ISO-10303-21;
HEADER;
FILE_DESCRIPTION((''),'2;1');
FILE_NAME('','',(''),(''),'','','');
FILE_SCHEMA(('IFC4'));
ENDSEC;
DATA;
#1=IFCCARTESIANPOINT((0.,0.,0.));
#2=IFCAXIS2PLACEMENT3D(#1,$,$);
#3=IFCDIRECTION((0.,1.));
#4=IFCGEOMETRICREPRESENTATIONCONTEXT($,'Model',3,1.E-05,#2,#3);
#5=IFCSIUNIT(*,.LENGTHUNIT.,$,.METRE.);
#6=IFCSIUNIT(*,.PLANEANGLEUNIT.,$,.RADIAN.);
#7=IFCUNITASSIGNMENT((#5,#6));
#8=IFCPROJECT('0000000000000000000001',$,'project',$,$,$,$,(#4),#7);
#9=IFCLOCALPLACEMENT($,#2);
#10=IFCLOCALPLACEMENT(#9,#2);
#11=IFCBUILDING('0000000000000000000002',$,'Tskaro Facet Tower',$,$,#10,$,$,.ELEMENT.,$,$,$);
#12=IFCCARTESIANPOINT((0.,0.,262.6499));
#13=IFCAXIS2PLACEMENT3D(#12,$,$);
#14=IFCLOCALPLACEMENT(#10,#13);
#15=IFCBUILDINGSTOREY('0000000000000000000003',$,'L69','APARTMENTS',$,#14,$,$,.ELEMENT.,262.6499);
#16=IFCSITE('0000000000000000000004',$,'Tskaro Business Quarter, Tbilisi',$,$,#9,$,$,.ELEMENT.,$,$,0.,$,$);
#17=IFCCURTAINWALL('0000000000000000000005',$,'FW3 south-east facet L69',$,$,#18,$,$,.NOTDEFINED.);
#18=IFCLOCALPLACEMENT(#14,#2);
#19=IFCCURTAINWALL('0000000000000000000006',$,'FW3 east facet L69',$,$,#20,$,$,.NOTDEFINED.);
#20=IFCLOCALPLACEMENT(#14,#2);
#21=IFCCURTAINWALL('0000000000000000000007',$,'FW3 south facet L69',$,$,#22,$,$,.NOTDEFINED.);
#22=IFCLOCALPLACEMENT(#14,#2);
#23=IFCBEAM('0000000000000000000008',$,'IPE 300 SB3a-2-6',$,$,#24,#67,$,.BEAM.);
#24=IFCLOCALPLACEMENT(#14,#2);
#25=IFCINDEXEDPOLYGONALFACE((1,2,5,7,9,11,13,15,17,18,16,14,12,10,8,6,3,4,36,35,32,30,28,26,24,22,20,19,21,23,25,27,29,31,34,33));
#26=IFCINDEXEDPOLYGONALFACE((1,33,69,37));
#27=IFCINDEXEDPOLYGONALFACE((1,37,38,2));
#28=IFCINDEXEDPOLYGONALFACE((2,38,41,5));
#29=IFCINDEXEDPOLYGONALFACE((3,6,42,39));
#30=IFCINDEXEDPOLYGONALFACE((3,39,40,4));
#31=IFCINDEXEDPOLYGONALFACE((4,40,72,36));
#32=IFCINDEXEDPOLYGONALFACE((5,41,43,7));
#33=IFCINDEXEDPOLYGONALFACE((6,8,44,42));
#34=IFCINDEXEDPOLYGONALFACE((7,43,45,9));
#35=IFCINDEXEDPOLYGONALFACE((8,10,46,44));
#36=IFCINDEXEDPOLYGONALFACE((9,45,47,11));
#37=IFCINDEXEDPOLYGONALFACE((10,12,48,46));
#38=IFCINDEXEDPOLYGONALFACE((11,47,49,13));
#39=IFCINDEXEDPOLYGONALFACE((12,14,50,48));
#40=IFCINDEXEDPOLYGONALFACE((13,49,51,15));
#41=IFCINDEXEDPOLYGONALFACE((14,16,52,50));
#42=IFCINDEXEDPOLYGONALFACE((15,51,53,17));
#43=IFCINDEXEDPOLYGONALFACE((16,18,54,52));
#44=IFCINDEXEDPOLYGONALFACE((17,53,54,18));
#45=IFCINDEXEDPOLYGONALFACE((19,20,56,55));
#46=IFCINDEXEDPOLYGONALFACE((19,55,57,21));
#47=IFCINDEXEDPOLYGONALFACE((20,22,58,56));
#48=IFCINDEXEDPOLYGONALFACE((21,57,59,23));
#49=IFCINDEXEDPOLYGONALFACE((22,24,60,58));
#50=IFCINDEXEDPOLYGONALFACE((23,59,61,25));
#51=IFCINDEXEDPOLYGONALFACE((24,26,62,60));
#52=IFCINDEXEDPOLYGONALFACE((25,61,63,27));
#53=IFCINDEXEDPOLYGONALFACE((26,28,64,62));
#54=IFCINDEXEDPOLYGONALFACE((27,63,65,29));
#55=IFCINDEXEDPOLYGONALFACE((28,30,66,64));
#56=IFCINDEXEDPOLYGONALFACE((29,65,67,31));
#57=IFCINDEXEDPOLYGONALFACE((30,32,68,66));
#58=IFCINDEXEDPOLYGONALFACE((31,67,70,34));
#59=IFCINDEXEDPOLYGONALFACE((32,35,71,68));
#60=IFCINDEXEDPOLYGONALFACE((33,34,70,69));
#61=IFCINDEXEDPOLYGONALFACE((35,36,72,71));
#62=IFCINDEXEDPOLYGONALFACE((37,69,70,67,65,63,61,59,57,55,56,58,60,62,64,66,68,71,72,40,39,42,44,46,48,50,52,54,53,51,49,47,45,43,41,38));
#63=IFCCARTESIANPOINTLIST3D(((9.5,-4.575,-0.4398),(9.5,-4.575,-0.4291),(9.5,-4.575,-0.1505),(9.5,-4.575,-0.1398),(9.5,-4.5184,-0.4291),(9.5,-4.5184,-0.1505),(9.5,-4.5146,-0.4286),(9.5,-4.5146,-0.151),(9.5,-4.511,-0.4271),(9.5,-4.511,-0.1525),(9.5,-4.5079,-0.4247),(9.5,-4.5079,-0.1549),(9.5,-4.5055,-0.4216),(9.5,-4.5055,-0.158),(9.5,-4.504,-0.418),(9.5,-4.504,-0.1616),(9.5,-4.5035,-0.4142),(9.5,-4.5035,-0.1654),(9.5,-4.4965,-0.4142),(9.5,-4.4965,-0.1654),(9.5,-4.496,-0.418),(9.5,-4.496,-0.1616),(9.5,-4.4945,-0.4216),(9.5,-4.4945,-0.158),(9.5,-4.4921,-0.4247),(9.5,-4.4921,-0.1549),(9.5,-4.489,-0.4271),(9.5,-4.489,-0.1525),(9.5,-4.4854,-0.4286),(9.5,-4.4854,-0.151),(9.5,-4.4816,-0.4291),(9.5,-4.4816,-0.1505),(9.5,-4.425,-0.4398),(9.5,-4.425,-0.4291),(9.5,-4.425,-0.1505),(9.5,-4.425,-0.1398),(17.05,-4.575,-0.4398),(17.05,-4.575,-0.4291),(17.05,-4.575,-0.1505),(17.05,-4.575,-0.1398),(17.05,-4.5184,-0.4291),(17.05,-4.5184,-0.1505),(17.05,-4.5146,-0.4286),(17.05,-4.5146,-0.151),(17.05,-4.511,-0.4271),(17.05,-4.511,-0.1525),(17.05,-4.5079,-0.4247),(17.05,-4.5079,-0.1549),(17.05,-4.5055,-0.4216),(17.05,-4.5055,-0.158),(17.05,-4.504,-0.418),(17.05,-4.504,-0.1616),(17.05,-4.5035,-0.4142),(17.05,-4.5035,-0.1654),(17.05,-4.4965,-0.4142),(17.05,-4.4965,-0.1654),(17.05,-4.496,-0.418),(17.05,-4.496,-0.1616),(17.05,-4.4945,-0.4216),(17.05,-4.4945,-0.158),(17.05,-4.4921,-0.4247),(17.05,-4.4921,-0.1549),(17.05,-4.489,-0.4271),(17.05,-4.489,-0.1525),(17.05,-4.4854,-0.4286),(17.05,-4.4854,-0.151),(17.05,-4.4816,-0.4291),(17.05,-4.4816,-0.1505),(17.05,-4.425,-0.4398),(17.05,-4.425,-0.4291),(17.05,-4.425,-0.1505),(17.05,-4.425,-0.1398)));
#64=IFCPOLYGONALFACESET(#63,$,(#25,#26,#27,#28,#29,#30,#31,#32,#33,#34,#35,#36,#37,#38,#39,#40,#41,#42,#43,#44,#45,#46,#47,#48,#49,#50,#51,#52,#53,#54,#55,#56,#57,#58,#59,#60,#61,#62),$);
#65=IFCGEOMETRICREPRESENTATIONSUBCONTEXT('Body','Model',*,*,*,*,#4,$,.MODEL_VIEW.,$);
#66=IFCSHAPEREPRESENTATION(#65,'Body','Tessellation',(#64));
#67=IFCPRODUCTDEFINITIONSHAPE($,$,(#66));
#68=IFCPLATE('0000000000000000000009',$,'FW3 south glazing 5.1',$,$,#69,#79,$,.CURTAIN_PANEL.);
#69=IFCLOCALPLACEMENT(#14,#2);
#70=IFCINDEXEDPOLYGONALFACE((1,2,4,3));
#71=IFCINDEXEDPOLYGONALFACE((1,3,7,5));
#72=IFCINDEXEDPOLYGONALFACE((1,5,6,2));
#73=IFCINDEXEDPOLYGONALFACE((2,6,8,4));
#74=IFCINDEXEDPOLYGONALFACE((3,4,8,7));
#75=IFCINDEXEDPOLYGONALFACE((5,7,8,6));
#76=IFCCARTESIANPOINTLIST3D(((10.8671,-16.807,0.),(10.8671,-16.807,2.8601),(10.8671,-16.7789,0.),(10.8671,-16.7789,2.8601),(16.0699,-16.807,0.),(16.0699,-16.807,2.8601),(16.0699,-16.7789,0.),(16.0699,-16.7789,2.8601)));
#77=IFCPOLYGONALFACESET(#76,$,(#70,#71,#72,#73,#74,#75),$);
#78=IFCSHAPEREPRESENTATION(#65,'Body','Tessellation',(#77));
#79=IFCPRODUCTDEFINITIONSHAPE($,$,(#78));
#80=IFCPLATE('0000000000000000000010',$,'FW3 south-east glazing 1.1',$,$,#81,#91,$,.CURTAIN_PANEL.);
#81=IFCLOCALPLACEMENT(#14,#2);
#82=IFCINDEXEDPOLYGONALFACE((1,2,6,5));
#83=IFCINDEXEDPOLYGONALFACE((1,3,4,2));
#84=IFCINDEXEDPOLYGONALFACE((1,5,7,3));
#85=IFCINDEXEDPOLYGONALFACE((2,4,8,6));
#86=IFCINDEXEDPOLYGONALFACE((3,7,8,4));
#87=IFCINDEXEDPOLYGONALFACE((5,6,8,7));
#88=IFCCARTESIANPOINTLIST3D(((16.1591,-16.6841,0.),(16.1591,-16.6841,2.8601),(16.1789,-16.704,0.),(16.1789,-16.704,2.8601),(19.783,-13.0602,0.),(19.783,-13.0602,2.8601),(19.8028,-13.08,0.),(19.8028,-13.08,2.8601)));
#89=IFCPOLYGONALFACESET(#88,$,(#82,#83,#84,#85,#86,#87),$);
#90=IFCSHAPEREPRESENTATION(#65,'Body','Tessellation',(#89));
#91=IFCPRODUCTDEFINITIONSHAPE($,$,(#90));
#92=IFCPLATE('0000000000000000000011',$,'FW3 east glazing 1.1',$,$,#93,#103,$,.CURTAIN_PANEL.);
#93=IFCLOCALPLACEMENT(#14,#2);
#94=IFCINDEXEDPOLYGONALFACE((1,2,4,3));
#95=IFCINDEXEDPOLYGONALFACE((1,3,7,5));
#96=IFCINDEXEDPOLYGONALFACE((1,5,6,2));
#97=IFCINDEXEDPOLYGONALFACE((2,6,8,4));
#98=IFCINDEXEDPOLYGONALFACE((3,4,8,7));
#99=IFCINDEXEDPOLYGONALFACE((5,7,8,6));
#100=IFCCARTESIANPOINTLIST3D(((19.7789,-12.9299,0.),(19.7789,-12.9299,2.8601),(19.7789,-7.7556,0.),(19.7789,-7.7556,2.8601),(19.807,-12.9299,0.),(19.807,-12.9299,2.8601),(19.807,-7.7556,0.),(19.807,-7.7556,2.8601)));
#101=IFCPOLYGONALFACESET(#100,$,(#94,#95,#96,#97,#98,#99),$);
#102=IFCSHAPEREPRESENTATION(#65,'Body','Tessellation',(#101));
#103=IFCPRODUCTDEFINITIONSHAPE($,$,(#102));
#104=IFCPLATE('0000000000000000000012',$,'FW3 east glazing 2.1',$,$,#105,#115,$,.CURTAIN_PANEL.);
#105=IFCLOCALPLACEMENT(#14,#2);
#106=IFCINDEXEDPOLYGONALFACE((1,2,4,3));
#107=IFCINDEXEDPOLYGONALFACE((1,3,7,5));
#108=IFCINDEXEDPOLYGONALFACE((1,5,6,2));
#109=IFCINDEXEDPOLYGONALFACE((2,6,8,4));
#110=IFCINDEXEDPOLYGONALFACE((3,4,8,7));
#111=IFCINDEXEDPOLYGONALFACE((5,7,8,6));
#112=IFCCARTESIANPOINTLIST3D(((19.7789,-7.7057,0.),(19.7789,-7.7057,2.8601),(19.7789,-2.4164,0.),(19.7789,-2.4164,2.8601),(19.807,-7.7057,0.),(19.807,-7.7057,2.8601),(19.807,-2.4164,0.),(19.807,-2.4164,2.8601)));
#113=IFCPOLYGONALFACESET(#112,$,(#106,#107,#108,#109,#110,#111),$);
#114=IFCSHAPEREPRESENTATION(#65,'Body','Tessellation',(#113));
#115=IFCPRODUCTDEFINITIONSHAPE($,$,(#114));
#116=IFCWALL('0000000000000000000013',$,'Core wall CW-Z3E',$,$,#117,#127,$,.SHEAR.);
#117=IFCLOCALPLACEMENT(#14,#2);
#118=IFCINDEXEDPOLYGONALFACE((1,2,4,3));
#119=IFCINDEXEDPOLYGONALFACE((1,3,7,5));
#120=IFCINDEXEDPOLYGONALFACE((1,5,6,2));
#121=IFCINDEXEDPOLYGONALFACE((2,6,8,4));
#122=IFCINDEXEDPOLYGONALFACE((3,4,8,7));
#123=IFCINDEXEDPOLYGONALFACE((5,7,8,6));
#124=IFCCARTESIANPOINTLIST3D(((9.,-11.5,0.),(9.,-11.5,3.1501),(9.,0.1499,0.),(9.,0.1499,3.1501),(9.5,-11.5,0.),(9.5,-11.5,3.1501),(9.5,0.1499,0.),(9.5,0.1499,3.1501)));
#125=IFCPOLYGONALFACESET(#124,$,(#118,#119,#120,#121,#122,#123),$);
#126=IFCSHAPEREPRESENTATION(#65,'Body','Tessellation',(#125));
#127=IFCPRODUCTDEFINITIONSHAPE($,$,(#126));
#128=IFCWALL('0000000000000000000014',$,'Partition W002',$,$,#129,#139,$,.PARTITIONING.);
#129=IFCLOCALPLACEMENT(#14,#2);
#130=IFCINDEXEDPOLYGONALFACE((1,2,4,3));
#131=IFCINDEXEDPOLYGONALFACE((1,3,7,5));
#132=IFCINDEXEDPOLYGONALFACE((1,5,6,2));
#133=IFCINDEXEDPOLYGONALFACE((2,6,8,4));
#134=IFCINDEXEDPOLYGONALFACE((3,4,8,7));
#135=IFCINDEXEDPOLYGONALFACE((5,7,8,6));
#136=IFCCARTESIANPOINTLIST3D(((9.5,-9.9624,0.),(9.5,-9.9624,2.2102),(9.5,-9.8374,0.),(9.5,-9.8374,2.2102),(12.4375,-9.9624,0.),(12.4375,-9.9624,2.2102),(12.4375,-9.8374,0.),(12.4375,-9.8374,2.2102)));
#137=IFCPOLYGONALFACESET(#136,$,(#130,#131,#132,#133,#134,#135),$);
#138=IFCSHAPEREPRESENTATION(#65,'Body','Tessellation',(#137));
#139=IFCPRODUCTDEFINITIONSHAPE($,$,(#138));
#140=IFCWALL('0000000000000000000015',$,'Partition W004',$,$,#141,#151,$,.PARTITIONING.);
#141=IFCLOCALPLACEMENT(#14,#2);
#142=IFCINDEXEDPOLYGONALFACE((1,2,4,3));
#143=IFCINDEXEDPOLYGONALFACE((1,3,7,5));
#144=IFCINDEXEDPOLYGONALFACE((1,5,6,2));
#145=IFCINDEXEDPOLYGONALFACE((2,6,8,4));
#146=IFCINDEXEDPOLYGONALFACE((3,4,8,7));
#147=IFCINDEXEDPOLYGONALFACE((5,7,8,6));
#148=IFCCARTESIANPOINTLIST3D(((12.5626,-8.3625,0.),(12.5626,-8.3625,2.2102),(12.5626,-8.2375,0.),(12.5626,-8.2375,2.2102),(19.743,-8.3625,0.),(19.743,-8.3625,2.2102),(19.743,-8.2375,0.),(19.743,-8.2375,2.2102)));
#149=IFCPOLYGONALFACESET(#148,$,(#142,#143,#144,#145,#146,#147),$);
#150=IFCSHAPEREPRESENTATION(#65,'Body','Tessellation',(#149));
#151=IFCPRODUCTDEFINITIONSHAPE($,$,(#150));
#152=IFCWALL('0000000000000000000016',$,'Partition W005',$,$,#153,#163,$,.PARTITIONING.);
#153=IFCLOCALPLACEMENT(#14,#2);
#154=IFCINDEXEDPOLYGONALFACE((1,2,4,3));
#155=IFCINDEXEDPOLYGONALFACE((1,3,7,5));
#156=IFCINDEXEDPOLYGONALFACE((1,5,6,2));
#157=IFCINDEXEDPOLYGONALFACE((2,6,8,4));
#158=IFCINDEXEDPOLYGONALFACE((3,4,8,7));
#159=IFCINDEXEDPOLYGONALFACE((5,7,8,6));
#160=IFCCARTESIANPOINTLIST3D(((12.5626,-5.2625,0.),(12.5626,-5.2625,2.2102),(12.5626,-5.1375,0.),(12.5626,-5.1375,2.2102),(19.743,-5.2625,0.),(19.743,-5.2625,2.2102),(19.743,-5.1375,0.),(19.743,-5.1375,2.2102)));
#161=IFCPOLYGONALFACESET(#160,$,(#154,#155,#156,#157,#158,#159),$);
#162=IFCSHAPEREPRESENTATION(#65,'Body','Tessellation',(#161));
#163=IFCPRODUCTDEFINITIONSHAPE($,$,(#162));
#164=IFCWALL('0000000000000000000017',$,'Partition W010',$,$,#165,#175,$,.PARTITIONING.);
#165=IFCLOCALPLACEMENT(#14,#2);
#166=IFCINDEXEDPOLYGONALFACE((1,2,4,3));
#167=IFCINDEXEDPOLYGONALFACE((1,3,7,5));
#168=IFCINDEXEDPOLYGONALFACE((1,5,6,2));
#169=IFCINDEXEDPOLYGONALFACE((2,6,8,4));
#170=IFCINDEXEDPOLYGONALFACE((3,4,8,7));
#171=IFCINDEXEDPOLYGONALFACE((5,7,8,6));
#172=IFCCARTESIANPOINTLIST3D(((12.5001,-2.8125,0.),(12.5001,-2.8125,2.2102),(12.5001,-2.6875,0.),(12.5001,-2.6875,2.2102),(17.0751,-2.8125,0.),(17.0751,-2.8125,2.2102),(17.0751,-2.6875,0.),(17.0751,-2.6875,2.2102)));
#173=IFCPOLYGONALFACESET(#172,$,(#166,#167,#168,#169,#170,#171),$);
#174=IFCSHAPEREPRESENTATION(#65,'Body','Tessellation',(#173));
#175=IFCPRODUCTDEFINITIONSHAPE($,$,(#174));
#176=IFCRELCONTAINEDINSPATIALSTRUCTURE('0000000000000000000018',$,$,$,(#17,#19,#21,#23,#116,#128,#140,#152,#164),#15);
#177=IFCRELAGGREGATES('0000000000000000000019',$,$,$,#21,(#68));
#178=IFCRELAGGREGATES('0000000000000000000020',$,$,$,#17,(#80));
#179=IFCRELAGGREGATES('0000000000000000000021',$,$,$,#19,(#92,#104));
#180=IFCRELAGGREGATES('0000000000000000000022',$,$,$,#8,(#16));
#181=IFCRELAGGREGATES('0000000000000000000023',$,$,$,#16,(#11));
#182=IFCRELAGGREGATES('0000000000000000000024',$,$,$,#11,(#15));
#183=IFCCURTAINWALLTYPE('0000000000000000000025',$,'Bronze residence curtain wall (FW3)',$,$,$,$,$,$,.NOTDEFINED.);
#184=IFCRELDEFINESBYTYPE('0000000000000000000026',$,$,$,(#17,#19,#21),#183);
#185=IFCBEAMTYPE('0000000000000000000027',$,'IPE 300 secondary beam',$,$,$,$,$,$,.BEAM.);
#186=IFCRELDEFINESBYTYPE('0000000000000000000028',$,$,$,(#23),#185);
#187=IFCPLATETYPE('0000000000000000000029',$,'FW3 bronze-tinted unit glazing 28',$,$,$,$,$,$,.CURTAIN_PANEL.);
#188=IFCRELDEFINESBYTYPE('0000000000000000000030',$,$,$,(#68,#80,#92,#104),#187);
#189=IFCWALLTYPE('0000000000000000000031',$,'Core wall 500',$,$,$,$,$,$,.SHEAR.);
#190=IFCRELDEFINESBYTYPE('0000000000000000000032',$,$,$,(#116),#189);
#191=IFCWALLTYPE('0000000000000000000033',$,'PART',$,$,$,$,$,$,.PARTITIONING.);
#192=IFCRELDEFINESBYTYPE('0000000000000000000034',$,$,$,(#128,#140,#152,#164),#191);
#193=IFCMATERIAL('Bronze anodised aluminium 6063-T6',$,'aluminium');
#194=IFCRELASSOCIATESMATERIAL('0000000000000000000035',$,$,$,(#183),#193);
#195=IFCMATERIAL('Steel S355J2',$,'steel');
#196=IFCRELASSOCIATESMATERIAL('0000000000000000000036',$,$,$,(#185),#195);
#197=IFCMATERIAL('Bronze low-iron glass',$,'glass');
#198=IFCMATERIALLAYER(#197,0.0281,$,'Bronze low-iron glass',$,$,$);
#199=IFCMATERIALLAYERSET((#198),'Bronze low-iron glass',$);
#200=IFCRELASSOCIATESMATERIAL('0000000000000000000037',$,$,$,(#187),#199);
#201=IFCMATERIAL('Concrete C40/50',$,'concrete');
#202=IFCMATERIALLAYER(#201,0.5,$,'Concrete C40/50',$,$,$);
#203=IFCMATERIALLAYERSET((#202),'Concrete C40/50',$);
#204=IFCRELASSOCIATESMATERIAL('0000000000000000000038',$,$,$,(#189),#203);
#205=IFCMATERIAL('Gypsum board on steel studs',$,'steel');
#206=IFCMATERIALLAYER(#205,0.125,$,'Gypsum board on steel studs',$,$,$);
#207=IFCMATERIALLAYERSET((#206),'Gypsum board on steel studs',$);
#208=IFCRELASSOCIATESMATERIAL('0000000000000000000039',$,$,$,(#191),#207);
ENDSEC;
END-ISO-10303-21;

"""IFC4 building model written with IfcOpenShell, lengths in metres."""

from ifc_helpers import new_model, si_unit, direction, frame, frame_2d, origin, origin_2d, place, context, subcontext, project, spatial, rectangle, i_section, extrude, material, layer, layer_set, material_profile, profile_set, type_object, element, aggregate, save


model = new_model("IFC4")

# Units and contexts
model_context = context("Model", 3, precision=1e-05, world=origin(), true_north=direction((0.0, 1.0)))
body_context = subcontext(model_context, "Body", "Model", "MODEL_VIEW")
ifc_project = project(units=[si_unit("LENGTHUNIT", "METRE"), si_unit("PLANEANGLEUNIT", "RADIAN")], contexts=[model_context])

# Site, building, storey
site_placement = place(None, origin())
site = spatial("IfcSite", under=ifc_project, at=site_placement, Name="Tskaro Business Quarter, Tbilisi", CompositionType="ELEMENT", RefElevation=0.0)
building_placement = place(site_placement, origin())
building = spatial("IfcBuilding", under=site, at=building_placement, Name="Tskaro Facet Tower", CompositionType="ELEMENT")
storey_placement = place(building_placement, frame((0.0, 0.0, 262.6499)))
storey = spatial("IfcBuildingStorey", under=building, at=storey_placement, Name="L69", Description="APARTMENTS", CompositionType="ELEMENT", Elevation=262.6499)

# Shared definitions
ifc_material_1 = material(Name="Steel S355J2", Category="steel")

# Curtain walls
ifc_material_2 = material(Name="Bronze anodised aluminium 6063-T6", Category="aluminium")
curtain_wall_type = type_object("IfcCurtainWallType", Name="Bronze residence curtain wall (FW3)", PredefinedType="NOTDEFINED", material=ifc_material_2)
curtain_wall_1_placement = place(storey_placement, origin())
curtain_wall_1 = element("IfcCurtainWall", 1, at=curtain_wall_1_placement, inside=storey, type_object=curtain_wall_type, Name="FW3 south-east facet L69", PredefinedType="NOTDEFINED")
curtain_wall_2_placement = place(storey_placement, origin())
curtain_wall_2 = element("IfcCurtainWall", 2, at=curtain_wall_2_placement, inside=storey, type_object=curtain_wall_type, Name="FW3 east facet L69", PredefinedType="NOTDEFINED")
curtain_wall_3_placement = place(storey_placement, origin())
curtain_wall_3 = element("IfcCurtainWall", 3, at=curtain_wall_3_placement, inside=storey, type_object=curtain_wall_type, Name="FW3 south facet L69", PredefinedType="NOTDEFINED")

# Beam
ifc_material_profile_1 = material_profile(ifc_material_1, i_section(OverallWidth=0.1499, OverallDepth=0.3, WebThickness=0.0071, FlangeThickness=0.0107, FilletRadius=0.0149, at=origin_2d()), Name="IPE 300")
ifc_profile_set_1 = profile_set([ifc_material_profile_1], Name="Steel S355J2")
beam_type_1 = type_object("IfcBeamType", Name="IPE 300 secondary beam", PredefinedType="BEAM", material=ifc_profile_set_1)
beam_1_placement = place(storey_placement, frame((9.5, -4.5, -0.2898), z_axis=(1.0, 0.0, 0.0), x_axis=(0.0, 1.0, 0.0)))
element("IfcBeam", 4, at=beam_1_placement, inside=storey, type_object=beam_type_1, Name="IPE 300 SB3a-2-6", PredefinedType="BEAM", context=body_context, shape_type="SweptSolid", body=[
    extrude(i_section(OverallWidth=0.1499, OverallDepth=0.3, WebThickness=0.0071, FlangeThickness=0.0107, FilletRadius=0.0149, at=origin_2d()), origin(), (0.0, 0.0, 1.0), 7.55),
])

# Plates
ifc_material_3 = material(Name="Bronze low-iron glass", Category="glass")
ifc_layer_1 = layer(ifc_material_3, 0.0281, Name="Bronze low-iron glass")
ifc_layer_set_1 = layer_set([ifc_layer_1], Name="Bronze low-iron glass")
plate_type = type_object("IfcPlateType", Name="FW3 bronze-tinted unit glazing 28", PredefinedType="CURTAIN_PANEL", material=ifc_layer_set_1)
plate_1_placement = place(storey_placement, frame((13.4685, -16.793, 0.0), z_axis=(0.0, 0.0, 1.0), x_axis=(1.0, 0.0, 0.0)))
plate_1 = element("IfcPlate", 5, at=plate_1_placement, type_object=plate_type, Name="FW3 south glazing 5.1", PredefinedType="CURTAIN_PANEL", context=body_context, shape_type="SweptSolid", body=[
    extrude(rectangle(XDim=5.2029, YDim=0.0281, at=origin_2d()), origin(), (0.0, 0.0, 1.0), 2.8601),
])
aggregate(curtain_wall_3, [plate_1])
plate_2_placement = place(storey_placement, frame((17.981, -14.8821, 0.0), z_axis=(0.0, 0.0, 1.0), x_axis=(0.707107, 0.707107, 0.0)))
plate_2 = element("IfcPlate", 6, at=plate_2_placement, type_object=plate_type, Name="FW3 south-east glazing 1.1", PredefinedType="CURTAIN_PANEL", context=body_context, shape_type="SweptSolid", body=[
    extrude(rectangle(XDim=5.125, YDim=0.0281, at=origin_2d()), origin(), (0.0, 0.0, 1.0), 2.8601),
])
aggregate(curtain_wall_1, [plate_2])
plate_3_placement = place(storey_placement, frame((19.793, -10.3428, 0.0), z_axis=(0.0, 0.0, 1.0), x_axis=(0.0, 1.0, 0.0)))
plate_3 = element("IfcPlate", 7, at=plate_3_placement, type_object=plate_type, Name="FW3 east glazing 1.1", PredefinedType="CURTAIN_PANEL", context=body_context, shape_type="SweptSolid", body=[
    extrude(rectangle(XDim=5.1743, YDim=0.0281, at=origin_2d()), origin(), (0.0, 0.0, 1.0), 2.8601),
])
plate_4_placement = place(storey_placement, frame((19.793, -5.061, 0.0), z_axis=(0.0, 0.0, 1.0), x_axis=(0.0, 1.0, 0.0)))
plate_4 = element("IfcPlate", 8, at=plate_4_placement, type_object=plate_type, Name="FW3 east glazing 2.1", PredefinedType="CURTAIN_PANEL", context=body_context, shape_type="SweptSolid", body=[
    extrude(rectangle(XDim=5.2893, YDim=0.0281, at=origin_2d()), origin(), (0.0, 0.0, 1.0), 2.8601),
])
aggregate(curtain_wall_2, [plate_3, plate_4])

# Walls
ifc_material_4 = material(Name="Concrete C40/50", Category="concrete")
ifc_layer_2 = layer(ifc_material_4, 0.5, Name="Concrete C40/50")
ifc_layer_set_2 = layer_set([ifc_layer_2], Name="Concrete C40/50")
wall_type_1 = type_object("IfcWallType", Name="Core wall 500", PredefinedType="SHEAR", material=ifc_layer_set_2)
wall_1_placement = place(storey_placement, frame((9.25, -11.5, 0.0), z_axis=(0.0, 0.0, 1.0), x_axis=(0.0, 1.0, 0.0)))
element("IfcWall", 9, at=wall_1_placement, inside=storey, type_object=wall_type_1, Name="Core wall CW-Z3E", PredefinedType="SHEAR", context=body_context, shape_type="SweptSolid", body=[
    extrude(rectangle(XDim=11.6499, YDim=0.5, at=frame_2d((5.825, 0.0))), origin(), (0.0, 0.0, 1.0), 3.1501),
])
ifc_material_5 = material(Name="Gypsum board on steel studs", Category="steel")
ifc_layer_3 = layer(ifc_material_5, 0.125, Name="Gypsum board on steel studs")
ifc_layer_set_3 = layer_set([ifc_layer_3], Name="Gypsum board on steel studs")
wall_type_2 = type_object("IfcWallType", Name="PART", PredefinedType="PARTITIONING", material=ifc_layer_set_3)
wall_2_placement = place(storey_placement, frame((9.5, -9.8999, 0.0), z_axis=(0.0, 0.0, 1.0), x_axis=(1.0, 0.0, 0.0)))
element("IfcWall", 10, at=wall_2_placement, inside=storey, type_object=wall_type_2, Name="Partition W002", PredefinedType="PARTITIONING", context=body_context, shape_type="SweptSolid", body=[
    extrude(rectangle(XDim=2.9375, YDim=0.125, at=frame_2d((1.4688, 0.0))), origin(), (0.0, 0.0, 1.0), 2.2102),
])
for number, where, z_axis, x_axis, name in (
    (11, (12.5625, -8.3, 0.0), (0.0, 0.0, 1.0), (1.0, 0.0, 0.0), "Partition W004"),
    (12, (12.5625, -5.2, 0.0), (0.0, 0.0, 1.0), (1.0, 0.0, 0.0), "Partition W005"),
):
    element("IfcWall", number, at=place(storey_placement, frame(where, z_axis=z_axis, x_axis=x_axis)), inside=storey, type_object=wall_type_2, Name=name, PredefinedType="PARTITIONING", context=body_context, shape_type="SweptSolid", body=[
        extrude(rectangle(XDim=7.1804, YDim=0.125, at=frame_2d((3.5903, 0.0))), origin(), (0.0, 0.0, 1.0), 2.2102),
    ])
wall_3_placement = place(storey_placement, frame((12.5, -2.75, 0.0), z_axis=(0.0, 0.0, 1.0), x_axis=(1.0, 0.0, 0.0)))
element("IfcWall", 13, at=wall_3_placement, inside=storey, type_object=wall_type_2, Name="Partition W010", PredefinedType="PARTITIONING", context=body_context, shape_type="SweptSolid", body=[
    extrude(rectangle(XDim=4.575, YDim=0.125, at=frame_2d((2.2876, 0.0))), origin(), (0.0, 0.0, 1.0), 2.2102),
])

save(model, "model.ifc")
